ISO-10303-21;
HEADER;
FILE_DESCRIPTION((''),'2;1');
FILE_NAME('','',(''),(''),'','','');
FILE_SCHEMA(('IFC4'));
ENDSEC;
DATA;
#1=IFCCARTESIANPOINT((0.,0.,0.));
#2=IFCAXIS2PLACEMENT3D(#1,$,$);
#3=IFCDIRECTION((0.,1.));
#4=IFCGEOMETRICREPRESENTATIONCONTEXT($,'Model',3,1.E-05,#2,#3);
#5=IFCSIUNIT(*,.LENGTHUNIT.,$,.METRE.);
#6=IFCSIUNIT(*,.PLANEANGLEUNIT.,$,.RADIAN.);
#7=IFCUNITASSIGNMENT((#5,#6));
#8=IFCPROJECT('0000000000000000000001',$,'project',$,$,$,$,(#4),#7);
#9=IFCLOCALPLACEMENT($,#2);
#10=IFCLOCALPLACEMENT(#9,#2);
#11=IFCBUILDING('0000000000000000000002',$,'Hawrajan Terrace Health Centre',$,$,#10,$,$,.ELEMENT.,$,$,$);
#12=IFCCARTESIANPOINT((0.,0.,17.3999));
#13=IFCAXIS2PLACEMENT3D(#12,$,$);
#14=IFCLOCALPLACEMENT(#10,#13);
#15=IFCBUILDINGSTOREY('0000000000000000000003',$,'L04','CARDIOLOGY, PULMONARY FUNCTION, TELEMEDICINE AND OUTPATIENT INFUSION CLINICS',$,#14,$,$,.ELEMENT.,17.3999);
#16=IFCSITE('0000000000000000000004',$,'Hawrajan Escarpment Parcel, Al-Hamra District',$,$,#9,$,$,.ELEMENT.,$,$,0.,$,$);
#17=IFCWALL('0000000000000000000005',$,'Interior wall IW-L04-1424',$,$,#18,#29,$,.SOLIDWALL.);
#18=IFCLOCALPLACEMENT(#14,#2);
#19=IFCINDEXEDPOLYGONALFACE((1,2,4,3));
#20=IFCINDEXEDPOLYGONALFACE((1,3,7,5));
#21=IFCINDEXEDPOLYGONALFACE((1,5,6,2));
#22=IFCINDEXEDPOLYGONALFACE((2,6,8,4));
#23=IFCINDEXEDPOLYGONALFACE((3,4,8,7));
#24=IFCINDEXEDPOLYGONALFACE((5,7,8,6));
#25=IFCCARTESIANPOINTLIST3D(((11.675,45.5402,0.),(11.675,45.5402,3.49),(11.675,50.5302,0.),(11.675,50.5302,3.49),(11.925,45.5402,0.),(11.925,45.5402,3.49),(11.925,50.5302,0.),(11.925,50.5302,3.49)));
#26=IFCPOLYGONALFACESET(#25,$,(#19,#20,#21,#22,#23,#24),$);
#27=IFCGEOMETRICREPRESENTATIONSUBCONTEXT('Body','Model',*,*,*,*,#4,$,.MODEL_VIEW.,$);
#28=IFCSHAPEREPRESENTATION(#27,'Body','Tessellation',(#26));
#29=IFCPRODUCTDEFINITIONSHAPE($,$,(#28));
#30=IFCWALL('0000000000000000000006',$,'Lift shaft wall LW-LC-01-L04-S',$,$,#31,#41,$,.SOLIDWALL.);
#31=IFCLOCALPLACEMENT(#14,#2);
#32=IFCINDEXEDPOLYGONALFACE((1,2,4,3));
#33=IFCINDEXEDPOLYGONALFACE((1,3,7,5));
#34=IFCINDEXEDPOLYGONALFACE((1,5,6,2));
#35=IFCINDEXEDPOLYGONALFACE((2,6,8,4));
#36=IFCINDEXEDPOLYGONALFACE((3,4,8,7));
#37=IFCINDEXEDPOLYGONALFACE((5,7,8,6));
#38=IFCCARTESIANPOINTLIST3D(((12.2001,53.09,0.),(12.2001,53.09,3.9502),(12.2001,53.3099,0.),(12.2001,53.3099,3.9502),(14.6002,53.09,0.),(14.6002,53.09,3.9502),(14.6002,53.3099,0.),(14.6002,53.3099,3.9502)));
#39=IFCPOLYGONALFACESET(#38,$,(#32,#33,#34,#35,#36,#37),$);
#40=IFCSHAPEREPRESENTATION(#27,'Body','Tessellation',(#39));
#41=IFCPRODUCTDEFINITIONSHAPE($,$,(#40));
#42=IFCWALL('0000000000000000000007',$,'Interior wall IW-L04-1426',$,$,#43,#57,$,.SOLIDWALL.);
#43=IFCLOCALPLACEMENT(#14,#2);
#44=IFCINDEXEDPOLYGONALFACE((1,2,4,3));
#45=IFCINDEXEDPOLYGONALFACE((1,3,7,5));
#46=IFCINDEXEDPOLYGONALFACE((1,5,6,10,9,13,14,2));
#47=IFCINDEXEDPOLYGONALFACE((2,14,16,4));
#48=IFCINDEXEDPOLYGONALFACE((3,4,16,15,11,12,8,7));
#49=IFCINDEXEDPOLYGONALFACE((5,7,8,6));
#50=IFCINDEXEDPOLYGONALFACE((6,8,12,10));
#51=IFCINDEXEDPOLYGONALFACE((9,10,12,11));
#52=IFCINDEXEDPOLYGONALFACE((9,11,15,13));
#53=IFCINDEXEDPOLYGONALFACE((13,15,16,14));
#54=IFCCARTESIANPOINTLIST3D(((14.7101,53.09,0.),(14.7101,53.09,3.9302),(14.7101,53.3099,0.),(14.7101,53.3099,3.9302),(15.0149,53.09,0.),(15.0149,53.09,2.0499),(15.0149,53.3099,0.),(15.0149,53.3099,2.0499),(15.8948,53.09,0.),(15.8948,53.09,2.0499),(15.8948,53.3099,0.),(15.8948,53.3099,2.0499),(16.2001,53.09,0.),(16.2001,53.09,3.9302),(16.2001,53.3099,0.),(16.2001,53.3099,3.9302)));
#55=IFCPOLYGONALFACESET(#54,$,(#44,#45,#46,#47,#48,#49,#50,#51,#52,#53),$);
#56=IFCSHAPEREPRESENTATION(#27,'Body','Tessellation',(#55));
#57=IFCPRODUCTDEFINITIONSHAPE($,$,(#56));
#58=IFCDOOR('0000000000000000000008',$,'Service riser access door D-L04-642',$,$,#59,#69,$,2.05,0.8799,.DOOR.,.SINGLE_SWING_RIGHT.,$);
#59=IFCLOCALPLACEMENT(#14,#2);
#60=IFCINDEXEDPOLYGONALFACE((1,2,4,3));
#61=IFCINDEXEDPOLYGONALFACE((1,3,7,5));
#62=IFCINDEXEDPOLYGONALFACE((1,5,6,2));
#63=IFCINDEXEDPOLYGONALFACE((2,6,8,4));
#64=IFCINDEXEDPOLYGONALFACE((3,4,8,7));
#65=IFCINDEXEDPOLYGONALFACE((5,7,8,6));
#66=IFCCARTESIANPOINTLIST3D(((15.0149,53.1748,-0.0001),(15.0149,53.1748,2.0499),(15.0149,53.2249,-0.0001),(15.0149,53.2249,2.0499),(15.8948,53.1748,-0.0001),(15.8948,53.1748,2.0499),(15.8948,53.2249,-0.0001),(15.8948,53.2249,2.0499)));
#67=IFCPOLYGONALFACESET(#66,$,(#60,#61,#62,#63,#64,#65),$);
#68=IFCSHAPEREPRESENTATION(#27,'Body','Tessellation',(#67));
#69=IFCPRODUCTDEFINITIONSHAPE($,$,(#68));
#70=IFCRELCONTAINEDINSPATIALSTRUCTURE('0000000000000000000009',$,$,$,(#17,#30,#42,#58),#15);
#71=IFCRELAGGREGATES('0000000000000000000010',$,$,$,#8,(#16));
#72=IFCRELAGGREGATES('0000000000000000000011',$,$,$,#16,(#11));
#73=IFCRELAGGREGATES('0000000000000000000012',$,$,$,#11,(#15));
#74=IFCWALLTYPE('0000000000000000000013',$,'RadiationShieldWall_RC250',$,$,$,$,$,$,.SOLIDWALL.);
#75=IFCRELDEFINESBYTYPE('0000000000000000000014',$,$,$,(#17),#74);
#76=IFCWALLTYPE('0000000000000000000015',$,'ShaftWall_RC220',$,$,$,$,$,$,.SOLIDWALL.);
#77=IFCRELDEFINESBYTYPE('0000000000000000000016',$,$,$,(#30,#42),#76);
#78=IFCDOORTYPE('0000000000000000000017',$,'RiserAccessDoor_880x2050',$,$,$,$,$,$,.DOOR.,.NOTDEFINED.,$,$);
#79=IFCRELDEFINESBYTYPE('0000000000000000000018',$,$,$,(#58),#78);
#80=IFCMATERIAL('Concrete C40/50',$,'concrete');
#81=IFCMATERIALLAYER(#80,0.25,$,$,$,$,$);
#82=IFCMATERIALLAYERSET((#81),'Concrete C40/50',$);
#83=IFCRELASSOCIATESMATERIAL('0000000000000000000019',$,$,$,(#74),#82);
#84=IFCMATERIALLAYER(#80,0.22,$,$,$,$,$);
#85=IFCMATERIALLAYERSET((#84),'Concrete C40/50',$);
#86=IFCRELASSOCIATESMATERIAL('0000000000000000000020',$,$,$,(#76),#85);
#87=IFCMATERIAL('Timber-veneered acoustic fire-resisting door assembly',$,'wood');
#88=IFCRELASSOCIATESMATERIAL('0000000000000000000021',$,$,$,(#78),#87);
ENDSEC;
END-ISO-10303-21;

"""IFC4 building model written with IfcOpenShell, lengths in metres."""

from ifc_helpers import new_model, si_unit, direction, frame, frame_2d, origin, place, context, subcontext, project, spatial, rectangle, extrude, material, layer, layer_set, type_object, element, fill, save


model = new_model("IFC4")

# Units and contexts
model_context = context("Model", 3, precision=1e-05, world=origin(), true_north=direction((0.0, 1.0)))
body_context = subcontext(model_context, "Body", "Model", "MODEL_VIEW")
ifc_project = project(units=[si_unit("LENGTHUNIT", "METRE"), si_unit("PLANEANGLEUNIT", "RADIAN")], contexts=[model_context])

# Site, building, storey
site_placement = place(None, origin())
site = spatial("IfcSite", under=ifc_project, at=site_placement, Name="Hawrajan Escarpment Parcel, Al-Hamra District", CompositionType="ELEMENT", RefElevation=0.0)
building_placement = place(site_placement, origin())
building = spatial("IfcBuilding", under=site, at=building_placement, Name="Hawrajan Terrace Health Centre", CompositionType="ELEMENT")
storey_placement = place(building_placement, frame((0.0, 0.0, 17.3999)))
storey = spatial("IfcBuildingStorey", under=building, at=storey_placement, Name="L04", Description="CARDIOLOGY, PULMONARY FUNCTION, TELEMEDICINE AND OUTPATIENT INFUSION CLINICS", CompositionType="ELEMENT", Elevation=17.3999)

# Walls
ifc_material_1 = material(Name="Concrete C40/50", Category="concrete")
ifc_layer_1 = layer(ifc_material_1, 0.25)
ifc_layer_set_1 = layer_set([ifc_layer_1], Name="Concrete C40/50")
wall_type_1 = type_object("IfcWallType", Name="RadiationShieldWall_RC250", PredefinedType="SOLIDWALL", material=ifc_layer_set_1)
wall_1_placement = place(storey_placement, frame((11.8, 45.54, 0.0), z_axis=(0.0, 0.0, 1.0), x_axis=(0.0, 1.0, 0.0)))
element("IfcWall", 1, at=wall_1_placement, inside=storey, type_object=wall_type_1, Name="Interior wall IW-L04-1424", PredefinedType="SOLIDWALL", context=body_context, shape_type="SweptSolid", body=[
    extrude(rectangle(XDim=4.99, YDim=0.25, at=frame_2d((2.4951, 0.0))), origin(), (0.0, 0.0, 1.0), 3.49),
])
ifc_layer_2 = layer(ifc_material_1, 0.22)
ifc_layer_set_2 = layer_set([ifc_layer_2], Name="Concrete C40/50")
wall_type_2 = type_object("IfcWallType", Name="ShaftWall_RC220", PredefinedType="SOLIDWALL", material=ifc_layer_set_2)
wall_2_placement = place(storey_placement, frame((12.2, 53.2, 0.0), z_axis=(0.0, 0.0, 1.0), x_axis=(1.0, 0.0, 0.0)))
element("IfcWall", 2, at=wall_2_placement, inside=storey, type_object=wall_type_2, Name="Lift shaft wall LW-LC-01-L04-S", PredefinedType="SOLIDWALL", context=body_context, shape_type="SweptSolid", body=[
    extrude(rectangle(XDim=2.4001, YDim=0.22, at=frame_2d((1.2002, 0.0))), origin(), (0.0, 0.0, 1.0), 3.9502),
])

# Wall, opening, door
wall_3_placement = place(storey_placement, frame((14.71, 53.2, 0.0), z_axis=(0.0, 0.0, 1.0), x_axis=(1.0, 0.0, 0.0)))
wall_3 = element("IfcWall", 3, at=wall_3_placement, inside=storey, type_object=wall_type_2, Name="Interior wall IW-L04-1426", PredefinedType="SOLIDWALL", context=body_context, shape_type="SweptSolid", body=[
    extrude(rectangle(XDim=1.49, YDim=0.22, at=frame_2d((0.7451, 0.0))), origin(), (0.0, 0.0, 1.0), 3.9302),
])
opening_1_placement = place(wall_3_placement, frame((0.3049, 0.0, 0.0)))
opening_1 = element("IfcOpeningElement", 4, at=opening_1_placement, cuts=wall_3, PredefinedType="OPENING", context=body_context, shape_type="SweptSolid", body=[
    extrude(rectangle(XDim=0.8799, YDim=2.05, at=frame_2d((0.4399, 1.0249))), frame((0.0, 0.1199, 0.0), z_axis=(0.0, -1.0, 0.0), x_axis=(1.0, 0.0, 0.0)), (0.0, 0.0, 1.0), 0.24),
])
ifc_material_2 = material(Name="Timber-veneered acoustic fire-resisting door assembly", Category="wood")
door_type_1 = type_object("IfcDoorType", Name="RiserAccessDoor_880x2050", OperationType="NOTDEFINED", PredefinedType="DOOR", material=ifc_material_2)
door_1_placement = place(opening_1_placement, origin())
door_1 = element("IfcDoor", 5, at=door_1_placement, inside=storey, type_object=door_type_1, Name="Service riser access door D-L04-642", OperationType="SINGLE_SWING_RIGHT", OverallHeight=2.05, OverallWidth=0.8799, PredefinedType="DOOR", context=body_context, shape_type="SweptSolid", body=[
    extrude(rectangle(XDim=0.8799, YDim=2.05, at=frame_2d((0.4399, 1.0249))), frame((0.0, 0.0249, 0.0), z_axis=(0.0, -1.0, 0.0), x_axis=(1.0, 0.0, 0.0)), (0.0, 0.0, 1.0), 0.05),
])
fill(opening_1, door_1)

save(model, "model.ifc")
